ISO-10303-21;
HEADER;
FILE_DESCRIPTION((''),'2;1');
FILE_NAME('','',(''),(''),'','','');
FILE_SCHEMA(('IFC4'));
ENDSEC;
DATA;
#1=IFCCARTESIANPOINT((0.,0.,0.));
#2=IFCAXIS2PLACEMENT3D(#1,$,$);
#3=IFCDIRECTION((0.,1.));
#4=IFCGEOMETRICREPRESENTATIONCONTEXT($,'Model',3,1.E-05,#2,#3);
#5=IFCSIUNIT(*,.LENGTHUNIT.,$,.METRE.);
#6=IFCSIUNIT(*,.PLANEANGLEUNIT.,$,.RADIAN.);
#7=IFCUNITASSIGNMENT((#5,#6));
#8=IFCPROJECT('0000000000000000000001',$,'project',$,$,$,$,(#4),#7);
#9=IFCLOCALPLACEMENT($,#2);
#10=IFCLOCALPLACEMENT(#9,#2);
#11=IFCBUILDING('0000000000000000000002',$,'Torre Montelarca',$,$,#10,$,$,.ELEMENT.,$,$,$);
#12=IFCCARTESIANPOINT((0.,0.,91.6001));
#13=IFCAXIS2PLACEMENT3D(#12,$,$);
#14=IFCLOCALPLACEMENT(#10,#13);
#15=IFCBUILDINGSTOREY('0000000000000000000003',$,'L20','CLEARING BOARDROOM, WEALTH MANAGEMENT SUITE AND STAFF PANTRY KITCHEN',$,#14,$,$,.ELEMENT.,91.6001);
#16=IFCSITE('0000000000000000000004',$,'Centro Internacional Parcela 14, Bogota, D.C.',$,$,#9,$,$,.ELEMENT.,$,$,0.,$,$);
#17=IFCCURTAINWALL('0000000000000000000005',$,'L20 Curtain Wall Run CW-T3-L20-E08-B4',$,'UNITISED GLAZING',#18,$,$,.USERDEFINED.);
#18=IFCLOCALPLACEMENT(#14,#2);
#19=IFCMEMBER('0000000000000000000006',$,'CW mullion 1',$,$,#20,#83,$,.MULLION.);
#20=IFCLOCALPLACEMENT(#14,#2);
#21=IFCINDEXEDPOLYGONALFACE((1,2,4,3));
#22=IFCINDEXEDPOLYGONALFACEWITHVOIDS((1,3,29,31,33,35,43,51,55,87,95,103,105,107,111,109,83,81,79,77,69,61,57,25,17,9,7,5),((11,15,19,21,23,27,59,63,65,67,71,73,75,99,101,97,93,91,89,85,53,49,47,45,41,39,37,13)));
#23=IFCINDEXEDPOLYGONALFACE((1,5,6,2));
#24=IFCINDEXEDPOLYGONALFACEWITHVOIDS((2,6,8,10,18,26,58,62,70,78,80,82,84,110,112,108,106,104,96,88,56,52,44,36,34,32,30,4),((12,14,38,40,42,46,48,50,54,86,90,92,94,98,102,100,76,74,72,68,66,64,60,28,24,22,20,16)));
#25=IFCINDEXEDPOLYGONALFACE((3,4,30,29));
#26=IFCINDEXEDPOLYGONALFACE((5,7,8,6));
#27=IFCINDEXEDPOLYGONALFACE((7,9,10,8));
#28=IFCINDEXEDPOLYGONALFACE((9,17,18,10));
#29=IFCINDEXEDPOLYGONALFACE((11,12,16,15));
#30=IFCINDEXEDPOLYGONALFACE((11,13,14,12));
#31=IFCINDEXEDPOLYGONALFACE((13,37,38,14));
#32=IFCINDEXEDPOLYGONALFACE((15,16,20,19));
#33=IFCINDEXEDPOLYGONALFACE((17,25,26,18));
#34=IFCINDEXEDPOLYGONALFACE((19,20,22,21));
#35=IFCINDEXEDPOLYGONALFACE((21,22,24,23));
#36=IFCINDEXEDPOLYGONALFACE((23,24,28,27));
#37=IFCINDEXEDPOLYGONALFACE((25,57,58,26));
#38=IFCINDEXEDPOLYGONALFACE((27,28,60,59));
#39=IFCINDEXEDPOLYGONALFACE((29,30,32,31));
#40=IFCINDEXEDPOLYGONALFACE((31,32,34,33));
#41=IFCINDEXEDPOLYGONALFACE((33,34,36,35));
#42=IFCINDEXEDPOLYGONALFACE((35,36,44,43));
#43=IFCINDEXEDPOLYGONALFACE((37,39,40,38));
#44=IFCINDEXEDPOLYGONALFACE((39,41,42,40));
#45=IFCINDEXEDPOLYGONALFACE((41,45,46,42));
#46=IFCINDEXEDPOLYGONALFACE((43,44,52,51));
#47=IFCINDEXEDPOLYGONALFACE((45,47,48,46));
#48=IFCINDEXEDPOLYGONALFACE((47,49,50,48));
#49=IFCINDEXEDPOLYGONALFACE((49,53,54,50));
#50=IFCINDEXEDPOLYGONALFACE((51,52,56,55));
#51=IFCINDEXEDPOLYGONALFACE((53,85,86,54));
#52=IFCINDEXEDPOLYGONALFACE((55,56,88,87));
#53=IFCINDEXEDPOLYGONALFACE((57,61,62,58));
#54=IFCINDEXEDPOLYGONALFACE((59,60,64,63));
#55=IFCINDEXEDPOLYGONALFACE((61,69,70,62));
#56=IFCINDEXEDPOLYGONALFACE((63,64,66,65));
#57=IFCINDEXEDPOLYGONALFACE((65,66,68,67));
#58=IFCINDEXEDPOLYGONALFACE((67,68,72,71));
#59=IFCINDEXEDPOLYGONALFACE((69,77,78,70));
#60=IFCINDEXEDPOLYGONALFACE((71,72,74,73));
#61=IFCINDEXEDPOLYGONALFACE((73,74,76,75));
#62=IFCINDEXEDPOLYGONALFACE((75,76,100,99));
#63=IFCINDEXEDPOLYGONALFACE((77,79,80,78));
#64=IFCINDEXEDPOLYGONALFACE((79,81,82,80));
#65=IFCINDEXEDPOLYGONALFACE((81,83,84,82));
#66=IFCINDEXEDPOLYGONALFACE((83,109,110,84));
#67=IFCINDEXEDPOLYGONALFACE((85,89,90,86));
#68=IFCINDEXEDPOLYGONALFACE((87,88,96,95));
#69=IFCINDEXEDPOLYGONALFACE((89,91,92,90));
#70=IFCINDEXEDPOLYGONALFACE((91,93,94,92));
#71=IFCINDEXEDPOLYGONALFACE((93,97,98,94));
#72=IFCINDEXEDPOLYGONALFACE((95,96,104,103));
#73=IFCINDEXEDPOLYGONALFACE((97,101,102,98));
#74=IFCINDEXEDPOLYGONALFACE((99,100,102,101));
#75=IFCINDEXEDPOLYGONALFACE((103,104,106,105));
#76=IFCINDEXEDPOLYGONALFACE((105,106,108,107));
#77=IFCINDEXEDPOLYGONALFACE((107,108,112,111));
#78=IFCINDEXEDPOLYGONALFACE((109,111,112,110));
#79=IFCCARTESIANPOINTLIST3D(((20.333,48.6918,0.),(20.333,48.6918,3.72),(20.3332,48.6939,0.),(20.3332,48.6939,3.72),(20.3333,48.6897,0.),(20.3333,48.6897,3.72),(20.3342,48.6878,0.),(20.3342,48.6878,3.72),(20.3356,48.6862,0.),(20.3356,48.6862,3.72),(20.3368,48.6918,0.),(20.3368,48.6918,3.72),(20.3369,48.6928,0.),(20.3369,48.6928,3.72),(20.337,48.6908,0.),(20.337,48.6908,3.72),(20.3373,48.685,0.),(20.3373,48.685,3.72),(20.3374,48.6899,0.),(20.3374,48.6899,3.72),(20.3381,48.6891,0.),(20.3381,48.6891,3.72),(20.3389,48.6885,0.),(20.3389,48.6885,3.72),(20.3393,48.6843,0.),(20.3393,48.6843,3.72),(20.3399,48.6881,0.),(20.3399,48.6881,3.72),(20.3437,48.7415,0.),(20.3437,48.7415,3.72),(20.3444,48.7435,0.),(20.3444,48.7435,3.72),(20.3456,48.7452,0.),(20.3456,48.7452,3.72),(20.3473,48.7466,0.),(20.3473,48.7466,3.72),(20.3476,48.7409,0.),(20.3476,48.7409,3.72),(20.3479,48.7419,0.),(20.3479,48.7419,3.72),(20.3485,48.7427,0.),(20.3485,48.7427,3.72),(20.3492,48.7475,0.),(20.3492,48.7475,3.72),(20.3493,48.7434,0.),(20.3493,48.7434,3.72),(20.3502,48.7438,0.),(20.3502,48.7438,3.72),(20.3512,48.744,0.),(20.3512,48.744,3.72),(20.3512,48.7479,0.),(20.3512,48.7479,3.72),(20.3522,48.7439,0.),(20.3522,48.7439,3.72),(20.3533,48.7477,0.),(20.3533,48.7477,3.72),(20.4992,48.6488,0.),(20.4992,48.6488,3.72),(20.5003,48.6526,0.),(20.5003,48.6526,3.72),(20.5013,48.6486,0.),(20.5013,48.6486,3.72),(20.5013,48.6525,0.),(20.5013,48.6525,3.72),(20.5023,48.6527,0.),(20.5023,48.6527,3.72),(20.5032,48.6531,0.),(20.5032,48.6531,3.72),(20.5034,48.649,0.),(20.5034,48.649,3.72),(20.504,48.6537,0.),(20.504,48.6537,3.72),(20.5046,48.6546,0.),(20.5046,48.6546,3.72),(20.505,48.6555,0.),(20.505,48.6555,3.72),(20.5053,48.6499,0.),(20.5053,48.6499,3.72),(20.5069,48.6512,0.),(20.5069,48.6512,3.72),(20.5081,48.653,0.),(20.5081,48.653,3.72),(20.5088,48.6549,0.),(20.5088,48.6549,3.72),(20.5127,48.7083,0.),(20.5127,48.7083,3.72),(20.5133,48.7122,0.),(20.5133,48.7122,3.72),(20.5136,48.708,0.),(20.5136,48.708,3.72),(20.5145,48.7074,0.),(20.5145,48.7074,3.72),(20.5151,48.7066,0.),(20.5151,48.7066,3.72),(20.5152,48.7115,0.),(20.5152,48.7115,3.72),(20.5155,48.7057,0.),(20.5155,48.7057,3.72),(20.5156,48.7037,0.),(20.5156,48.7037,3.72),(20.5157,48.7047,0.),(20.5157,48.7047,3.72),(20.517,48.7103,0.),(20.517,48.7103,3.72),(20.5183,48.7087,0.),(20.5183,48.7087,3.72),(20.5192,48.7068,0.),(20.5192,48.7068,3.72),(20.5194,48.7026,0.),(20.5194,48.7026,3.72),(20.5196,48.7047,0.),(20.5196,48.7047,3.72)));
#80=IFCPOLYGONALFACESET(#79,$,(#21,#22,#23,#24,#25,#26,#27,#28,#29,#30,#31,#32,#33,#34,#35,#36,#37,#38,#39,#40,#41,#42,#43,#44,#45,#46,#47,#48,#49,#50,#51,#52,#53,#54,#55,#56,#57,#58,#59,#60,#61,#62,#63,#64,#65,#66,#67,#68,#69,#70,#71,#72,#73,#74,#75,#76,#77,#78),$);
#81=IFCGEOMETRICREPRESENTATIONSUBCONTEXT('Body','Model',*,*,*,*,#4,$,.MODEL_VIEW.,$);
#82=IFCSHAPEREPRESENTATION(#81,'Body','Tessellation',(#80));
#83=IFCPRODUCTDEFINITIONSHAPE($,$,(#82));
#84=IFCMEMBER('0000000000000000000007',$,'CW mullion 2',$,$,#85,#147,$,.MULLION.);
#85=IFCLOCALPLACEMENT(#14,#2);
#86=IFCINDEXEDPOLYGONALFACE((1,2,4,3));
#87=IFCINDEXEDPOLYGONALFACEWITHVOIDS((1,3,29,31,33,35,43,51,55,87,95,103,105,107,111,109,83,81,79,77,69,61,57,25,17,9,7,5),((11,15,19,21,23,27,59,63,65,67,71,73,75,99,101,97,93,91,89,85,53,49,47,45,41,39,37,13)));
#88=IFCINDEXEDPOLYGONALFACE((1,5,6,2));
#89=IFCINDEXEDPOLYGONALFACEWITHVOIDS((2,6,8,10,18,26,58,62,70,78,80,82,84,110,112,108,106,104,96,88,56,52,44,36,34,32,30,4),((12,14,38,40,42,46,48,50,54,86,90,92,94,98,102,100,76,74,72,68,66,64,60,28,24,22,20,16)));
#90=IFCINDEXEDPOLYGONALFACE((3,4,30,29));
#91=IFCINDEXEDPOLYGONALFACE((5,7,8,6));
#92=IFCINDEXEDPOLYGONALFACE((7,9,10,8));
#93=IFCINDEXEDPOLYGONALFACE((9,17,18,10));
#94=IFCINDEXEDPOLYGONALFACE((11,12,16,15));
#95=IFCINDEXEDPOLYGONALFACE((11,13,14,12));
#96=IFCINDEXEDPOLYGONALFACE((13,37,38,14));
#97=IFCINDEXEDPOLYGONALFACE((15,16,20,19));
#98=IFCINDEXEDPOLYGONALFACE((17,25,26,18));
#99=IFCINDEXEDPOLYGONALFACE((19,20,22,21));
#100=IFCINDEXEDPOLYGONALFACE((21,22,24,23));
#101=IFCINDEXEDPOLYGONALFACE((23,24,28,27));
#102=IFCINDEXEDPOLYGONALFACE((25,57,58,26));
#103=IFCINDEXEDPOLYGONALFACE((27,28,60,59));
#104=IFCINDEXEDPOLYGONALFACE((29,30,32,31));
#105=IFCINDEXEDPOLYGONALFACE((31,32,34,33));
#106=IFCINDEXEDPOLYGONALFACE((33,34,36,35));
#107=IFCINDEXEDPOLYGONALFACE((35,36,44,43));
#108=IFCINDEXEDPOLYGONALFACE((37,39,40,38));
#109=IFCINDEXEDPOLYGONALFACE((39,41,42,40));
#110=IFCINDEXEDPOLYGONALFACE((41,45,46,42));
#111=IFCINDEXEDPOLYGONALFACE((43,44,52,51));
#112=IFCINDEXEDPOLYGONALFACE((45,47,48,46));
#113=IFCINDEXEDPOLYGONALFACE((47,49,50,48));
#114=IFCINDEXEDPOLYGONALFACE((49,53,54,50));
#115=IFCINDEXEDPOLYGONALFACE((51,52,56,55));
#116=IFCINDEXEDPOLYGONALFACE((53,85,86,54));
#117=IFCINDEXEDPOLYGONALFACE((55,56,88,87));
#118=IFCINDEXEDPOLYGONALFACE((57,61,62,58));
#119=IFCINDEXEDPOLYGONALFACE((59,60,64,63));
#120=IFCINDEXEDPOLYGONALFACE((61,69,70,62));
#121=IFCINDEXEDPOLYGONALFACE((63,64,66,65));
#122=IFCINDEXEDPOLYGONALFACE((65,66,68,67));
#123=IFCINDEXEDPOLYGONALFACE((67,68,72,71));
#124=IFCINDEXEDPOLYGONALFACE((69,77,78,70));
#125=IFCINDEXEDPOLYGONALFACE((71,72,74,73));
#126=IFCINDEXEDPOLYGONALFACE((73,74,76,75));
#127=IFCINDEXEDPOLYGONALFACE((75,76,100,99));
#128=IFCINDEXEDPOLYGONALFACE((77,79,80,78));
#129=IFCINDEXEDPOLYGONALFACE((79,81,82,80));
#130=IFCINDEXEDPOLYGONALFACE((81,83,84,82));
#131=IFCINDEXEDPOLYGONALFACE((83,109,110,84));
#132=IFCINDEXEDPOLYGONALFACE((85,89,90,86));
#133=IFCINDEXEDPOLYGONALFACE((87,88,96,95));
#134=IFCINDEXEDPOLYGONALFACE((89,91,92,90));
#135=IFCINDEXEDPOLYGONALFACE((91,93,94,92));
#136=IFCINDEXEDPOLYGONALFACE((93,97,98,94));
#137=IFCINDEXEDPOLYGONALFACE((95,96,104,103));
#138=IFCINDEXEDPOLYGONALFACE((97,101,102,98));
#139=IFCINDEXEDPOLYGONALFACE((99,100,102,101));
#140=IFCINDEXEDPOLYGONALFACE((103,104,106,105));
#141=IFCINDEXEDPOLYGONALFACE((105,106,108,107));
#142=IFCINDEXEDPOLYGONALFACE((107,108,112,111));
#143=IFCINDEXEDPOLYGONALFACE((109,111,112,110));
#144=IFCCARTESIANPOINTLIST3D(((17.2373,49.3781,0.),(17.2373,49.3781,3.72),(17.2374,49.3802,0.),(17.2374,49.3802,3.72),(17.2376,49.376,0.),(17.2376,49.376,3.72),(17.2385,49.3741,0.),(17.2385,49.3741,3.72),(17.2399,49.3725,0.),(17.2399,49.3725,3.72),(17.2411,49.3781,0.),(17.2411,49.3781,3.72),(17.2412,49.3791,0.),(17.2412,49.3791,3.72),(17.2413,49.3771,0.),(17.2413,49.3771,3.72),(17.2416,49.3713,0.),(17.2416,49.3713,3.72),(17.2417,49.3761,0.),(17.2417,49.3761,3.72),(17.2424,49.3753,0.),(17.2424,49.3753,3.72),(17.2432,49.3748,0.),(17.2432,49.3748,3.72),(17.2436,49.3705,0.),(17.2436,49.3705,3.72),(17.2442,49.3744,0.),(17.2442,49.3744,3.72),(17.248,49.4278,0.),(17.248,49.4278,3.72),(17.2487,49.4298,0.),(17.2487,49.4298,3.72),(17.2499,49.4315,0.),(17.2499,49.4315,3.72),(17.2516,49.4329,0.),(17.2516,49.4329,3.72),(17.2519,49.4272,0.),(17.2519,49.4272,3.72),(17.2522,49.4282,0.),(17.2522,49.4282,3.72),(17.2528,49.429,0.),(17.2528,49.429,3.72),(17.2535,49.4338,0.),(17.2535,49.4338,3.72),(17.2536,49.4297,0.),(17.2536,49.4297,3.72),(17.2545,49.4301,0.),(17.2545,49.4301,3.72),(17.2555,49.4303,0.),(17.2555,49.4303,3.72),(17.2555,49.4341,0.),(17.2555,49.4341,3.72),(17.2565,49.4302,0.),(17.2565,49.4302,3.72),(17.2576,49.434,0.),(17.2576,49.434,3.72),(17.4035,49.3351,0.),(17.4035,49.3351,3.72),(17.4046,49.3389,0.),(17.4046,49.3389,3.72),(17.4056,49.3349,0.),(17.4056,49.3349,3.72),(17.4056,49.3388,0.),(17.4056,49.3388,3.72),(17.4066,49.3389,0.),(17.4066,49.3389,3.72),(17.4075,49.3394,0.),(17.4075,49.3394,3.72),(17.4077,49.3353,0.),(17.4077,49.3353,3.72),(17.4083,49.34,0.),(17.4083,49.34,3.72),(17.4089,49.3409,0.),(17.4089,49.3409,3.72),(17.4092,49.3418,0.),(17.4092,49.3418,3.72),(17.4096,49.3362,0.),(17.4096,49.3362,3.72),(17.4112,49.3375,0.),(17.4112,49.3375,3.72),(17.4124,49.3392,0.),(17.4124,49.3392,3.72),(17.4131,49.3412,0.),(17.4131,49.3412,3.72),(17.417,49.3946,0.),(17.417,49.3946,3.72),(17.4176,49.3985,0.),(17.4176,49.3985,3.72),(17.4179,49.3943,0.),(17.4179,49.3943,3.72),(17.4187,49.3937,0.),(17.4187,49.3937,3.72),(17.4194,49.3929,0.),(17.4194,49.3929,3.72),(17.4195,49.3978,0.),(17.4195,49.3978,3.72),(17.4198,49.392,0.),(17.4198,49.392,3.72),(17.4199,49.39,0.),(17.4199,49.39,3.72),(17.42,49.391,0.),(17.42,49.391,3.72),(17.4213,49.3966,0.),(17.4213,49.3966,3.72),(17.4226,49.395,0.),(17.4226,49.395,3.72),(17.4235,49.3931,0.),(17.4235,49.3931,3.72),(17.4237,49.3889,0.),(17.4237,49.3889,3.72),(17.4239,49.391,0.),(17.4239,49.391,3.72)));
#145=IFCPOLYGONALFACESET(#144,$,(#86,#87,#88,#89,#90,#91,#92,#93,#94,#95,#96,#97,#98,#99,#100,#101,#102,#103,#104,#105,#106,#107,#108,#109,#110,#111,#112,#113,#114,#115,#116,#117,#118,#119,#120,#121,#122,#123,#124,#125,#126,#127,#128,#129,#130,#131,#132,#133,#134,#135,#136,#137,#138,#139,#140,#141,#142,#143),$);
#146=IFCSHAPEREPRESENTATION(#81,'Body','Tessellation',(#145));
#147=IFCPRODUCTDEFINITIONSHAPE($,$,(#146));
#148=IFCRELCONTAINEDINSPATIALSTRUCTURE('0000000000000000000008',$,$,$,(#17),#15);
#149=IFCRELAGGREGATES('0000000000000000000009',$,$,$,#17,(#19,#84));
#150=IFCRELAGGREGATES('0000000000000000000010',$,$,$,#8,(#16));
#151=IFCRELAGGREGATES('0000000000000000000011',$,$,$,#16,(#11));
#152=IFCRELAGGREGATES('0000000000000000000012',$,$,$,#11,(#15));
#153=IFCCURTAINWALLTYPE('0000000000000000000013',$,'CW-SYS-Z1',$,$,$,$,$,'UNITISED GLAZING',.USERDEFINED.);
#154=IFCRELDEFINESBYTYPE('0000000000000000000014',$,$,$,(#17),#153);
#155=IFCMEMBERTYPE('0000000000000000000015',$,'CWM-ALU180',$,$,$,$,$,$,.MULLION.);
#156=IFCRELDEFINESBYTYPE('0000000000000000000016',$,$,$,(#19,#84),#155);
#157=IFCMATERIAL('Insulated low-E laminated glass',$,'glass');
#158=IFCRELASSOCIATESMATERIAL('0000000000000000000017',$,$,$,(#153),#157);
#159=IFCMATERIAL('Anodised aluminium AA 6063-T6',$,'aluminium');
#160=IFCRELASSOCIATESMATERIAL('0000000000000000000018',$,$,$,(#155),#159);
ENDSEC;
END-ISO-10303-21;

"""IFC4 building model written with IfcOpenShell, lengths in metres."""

from ifc_helpers import new_model, si_unit, direction, frame, origin, origin_2d, place, context, subcontext, project, spatial, hollow_rectangle, extrude, source, transform, mapped, material, material_profile, profile_set, type_object, element, aggregate, save


model = new_model("IFC4")

# Units and contexts
model_context = context("Model", 3, precision=1e-05, world=origin(), true_north=direction((0.0, 1.0)))
body_context = subcontext(model_context, "Body", "Model", "MODEL_VIEW")
ifc_project = project(units=[si_unit("LENGTHUNIT", "METRE"), si_unit("PLANEANGLEUNIT", "RADIAN")], contexts=[model_context])

# Site, building, storey
site_placement = place(None, origin())
site = spatial("IfcSite", under=ifc_project, at=site_placement, Name="Centro Internacional Parcela 14, Bogota, D.C.", CompositionType="ELEMENT", RefElevation=0.0)
building_placement = place(site_placement, origin())
building = spatial("IfcBuilding", under=site, at=building_placement, Name="Torre Montelarca", CompositionType="ELEMENT")
storey_placement = place(building_placement, frame((0.0, 0.0, 91.6001)))
storey = spatial("IfcBuildingStorey", under=building, at=storey_placement, Name="L20", Description="CLEARING BOARDROOM, WEALTH MANAGEMENT SUITE AND STAFF PANTRY KITCHEN", CompositionType="ELEMENT", Elevation=91.6001)

# Curtain wall, members
ifc_material_1 = material(Name="Insulated low-E laminated glass", Category="glass")
curtain_wall_type = type_object("IfcCurtainWallType", Name="CW-SYS-Z1", ElementType="UNITISED GLAZING", PredefinedType="USERDEFINED", material=ifc_material_1)
ifc_material_2 = material(Name="Anodised aluminium AA 6063-T6", Category="aluminium")
curtain_wall_1_placement = place(storey_placement, origin())
curtain_wall_1 = element("IfcCurtainWall", 1, at=curtain_wall_1_placement, inside=storey, type_object=curtain_wall_type, Name="L20 Curtain Wall Run CW-T3-L20-E08-B4", ObjectType="UNITISED GLAZING", PredefinedType="USERDEFINED")
ifc_material_profile_1 = material_profile(ifc_material_2, hollow_rectangle(XDim=0.0649, YDim=0.1799, WallThickness=0.0039, InnerFilletRadius=0.0039, OuterFilletRadius=0.0081, at=origin_2d()), Name="ALU65X180X4", Category="aluminium")
ifc_profile_set_1 = profile_set([ifc_material_profile_1], Name="Anodised aluminium AA 6063-T6")
member_type_1 = type_object("IfcMemberType", Name="CWM-ALU180", PredefinedType="MULLION", material=ifc_profile_set_1)
shared_shape_1 = source(origin(), body_context, "Body", "SweptSolid", [
    extrude(hollow_rectangle(XDim=0.0649, YDim=0.1799, WallThickness=0.0039, InnerFilletRadius=0.0039, OuterFilletRadius=0.0081, at=origin_2d()), origin(), (0.0, 0.0, 1.0), 3.72),
])
member_1_placement = place(storey_placement, frame((20.4263, 48.6982, 0.0), z_axis=(0.0, 0.0, 1.0), x_axis=(-0.216438, -0.976296, 0.0)))
member_1 = element("IfcMember", 2, at=member_1_placement, type_object=member_type_1, Name="CW mullion 1", PredefinedType="MULLION", context=body_context, shape_type="MappedRepresentation", body=[
    mapped(shared_shape_1, transform((0.0, 0.0, 0.0), scale=1.0)),
])
member_2_placement = place(storey_placement, frame((17.3306, 49.3845, 0.0), z_axis=(0.0, 0.0, 1.0), x_axis=(-0.216438, -0.976296, 0.0)))
member_2 = element("IfcMember", 3, at=member_2_placement, type_object=member_type_1, Name="CW mullion 2", PredefinedType="MULLION", context=body_context, shape_type="MappedRepresentation", body=[
    mapped(shared_shape_1, transform((0.0, 0.0, 0.0), scale=1.0)),
])

aggregate(curtain_wall_1, [member_1, member_2])

save(model, "model.ifc")
